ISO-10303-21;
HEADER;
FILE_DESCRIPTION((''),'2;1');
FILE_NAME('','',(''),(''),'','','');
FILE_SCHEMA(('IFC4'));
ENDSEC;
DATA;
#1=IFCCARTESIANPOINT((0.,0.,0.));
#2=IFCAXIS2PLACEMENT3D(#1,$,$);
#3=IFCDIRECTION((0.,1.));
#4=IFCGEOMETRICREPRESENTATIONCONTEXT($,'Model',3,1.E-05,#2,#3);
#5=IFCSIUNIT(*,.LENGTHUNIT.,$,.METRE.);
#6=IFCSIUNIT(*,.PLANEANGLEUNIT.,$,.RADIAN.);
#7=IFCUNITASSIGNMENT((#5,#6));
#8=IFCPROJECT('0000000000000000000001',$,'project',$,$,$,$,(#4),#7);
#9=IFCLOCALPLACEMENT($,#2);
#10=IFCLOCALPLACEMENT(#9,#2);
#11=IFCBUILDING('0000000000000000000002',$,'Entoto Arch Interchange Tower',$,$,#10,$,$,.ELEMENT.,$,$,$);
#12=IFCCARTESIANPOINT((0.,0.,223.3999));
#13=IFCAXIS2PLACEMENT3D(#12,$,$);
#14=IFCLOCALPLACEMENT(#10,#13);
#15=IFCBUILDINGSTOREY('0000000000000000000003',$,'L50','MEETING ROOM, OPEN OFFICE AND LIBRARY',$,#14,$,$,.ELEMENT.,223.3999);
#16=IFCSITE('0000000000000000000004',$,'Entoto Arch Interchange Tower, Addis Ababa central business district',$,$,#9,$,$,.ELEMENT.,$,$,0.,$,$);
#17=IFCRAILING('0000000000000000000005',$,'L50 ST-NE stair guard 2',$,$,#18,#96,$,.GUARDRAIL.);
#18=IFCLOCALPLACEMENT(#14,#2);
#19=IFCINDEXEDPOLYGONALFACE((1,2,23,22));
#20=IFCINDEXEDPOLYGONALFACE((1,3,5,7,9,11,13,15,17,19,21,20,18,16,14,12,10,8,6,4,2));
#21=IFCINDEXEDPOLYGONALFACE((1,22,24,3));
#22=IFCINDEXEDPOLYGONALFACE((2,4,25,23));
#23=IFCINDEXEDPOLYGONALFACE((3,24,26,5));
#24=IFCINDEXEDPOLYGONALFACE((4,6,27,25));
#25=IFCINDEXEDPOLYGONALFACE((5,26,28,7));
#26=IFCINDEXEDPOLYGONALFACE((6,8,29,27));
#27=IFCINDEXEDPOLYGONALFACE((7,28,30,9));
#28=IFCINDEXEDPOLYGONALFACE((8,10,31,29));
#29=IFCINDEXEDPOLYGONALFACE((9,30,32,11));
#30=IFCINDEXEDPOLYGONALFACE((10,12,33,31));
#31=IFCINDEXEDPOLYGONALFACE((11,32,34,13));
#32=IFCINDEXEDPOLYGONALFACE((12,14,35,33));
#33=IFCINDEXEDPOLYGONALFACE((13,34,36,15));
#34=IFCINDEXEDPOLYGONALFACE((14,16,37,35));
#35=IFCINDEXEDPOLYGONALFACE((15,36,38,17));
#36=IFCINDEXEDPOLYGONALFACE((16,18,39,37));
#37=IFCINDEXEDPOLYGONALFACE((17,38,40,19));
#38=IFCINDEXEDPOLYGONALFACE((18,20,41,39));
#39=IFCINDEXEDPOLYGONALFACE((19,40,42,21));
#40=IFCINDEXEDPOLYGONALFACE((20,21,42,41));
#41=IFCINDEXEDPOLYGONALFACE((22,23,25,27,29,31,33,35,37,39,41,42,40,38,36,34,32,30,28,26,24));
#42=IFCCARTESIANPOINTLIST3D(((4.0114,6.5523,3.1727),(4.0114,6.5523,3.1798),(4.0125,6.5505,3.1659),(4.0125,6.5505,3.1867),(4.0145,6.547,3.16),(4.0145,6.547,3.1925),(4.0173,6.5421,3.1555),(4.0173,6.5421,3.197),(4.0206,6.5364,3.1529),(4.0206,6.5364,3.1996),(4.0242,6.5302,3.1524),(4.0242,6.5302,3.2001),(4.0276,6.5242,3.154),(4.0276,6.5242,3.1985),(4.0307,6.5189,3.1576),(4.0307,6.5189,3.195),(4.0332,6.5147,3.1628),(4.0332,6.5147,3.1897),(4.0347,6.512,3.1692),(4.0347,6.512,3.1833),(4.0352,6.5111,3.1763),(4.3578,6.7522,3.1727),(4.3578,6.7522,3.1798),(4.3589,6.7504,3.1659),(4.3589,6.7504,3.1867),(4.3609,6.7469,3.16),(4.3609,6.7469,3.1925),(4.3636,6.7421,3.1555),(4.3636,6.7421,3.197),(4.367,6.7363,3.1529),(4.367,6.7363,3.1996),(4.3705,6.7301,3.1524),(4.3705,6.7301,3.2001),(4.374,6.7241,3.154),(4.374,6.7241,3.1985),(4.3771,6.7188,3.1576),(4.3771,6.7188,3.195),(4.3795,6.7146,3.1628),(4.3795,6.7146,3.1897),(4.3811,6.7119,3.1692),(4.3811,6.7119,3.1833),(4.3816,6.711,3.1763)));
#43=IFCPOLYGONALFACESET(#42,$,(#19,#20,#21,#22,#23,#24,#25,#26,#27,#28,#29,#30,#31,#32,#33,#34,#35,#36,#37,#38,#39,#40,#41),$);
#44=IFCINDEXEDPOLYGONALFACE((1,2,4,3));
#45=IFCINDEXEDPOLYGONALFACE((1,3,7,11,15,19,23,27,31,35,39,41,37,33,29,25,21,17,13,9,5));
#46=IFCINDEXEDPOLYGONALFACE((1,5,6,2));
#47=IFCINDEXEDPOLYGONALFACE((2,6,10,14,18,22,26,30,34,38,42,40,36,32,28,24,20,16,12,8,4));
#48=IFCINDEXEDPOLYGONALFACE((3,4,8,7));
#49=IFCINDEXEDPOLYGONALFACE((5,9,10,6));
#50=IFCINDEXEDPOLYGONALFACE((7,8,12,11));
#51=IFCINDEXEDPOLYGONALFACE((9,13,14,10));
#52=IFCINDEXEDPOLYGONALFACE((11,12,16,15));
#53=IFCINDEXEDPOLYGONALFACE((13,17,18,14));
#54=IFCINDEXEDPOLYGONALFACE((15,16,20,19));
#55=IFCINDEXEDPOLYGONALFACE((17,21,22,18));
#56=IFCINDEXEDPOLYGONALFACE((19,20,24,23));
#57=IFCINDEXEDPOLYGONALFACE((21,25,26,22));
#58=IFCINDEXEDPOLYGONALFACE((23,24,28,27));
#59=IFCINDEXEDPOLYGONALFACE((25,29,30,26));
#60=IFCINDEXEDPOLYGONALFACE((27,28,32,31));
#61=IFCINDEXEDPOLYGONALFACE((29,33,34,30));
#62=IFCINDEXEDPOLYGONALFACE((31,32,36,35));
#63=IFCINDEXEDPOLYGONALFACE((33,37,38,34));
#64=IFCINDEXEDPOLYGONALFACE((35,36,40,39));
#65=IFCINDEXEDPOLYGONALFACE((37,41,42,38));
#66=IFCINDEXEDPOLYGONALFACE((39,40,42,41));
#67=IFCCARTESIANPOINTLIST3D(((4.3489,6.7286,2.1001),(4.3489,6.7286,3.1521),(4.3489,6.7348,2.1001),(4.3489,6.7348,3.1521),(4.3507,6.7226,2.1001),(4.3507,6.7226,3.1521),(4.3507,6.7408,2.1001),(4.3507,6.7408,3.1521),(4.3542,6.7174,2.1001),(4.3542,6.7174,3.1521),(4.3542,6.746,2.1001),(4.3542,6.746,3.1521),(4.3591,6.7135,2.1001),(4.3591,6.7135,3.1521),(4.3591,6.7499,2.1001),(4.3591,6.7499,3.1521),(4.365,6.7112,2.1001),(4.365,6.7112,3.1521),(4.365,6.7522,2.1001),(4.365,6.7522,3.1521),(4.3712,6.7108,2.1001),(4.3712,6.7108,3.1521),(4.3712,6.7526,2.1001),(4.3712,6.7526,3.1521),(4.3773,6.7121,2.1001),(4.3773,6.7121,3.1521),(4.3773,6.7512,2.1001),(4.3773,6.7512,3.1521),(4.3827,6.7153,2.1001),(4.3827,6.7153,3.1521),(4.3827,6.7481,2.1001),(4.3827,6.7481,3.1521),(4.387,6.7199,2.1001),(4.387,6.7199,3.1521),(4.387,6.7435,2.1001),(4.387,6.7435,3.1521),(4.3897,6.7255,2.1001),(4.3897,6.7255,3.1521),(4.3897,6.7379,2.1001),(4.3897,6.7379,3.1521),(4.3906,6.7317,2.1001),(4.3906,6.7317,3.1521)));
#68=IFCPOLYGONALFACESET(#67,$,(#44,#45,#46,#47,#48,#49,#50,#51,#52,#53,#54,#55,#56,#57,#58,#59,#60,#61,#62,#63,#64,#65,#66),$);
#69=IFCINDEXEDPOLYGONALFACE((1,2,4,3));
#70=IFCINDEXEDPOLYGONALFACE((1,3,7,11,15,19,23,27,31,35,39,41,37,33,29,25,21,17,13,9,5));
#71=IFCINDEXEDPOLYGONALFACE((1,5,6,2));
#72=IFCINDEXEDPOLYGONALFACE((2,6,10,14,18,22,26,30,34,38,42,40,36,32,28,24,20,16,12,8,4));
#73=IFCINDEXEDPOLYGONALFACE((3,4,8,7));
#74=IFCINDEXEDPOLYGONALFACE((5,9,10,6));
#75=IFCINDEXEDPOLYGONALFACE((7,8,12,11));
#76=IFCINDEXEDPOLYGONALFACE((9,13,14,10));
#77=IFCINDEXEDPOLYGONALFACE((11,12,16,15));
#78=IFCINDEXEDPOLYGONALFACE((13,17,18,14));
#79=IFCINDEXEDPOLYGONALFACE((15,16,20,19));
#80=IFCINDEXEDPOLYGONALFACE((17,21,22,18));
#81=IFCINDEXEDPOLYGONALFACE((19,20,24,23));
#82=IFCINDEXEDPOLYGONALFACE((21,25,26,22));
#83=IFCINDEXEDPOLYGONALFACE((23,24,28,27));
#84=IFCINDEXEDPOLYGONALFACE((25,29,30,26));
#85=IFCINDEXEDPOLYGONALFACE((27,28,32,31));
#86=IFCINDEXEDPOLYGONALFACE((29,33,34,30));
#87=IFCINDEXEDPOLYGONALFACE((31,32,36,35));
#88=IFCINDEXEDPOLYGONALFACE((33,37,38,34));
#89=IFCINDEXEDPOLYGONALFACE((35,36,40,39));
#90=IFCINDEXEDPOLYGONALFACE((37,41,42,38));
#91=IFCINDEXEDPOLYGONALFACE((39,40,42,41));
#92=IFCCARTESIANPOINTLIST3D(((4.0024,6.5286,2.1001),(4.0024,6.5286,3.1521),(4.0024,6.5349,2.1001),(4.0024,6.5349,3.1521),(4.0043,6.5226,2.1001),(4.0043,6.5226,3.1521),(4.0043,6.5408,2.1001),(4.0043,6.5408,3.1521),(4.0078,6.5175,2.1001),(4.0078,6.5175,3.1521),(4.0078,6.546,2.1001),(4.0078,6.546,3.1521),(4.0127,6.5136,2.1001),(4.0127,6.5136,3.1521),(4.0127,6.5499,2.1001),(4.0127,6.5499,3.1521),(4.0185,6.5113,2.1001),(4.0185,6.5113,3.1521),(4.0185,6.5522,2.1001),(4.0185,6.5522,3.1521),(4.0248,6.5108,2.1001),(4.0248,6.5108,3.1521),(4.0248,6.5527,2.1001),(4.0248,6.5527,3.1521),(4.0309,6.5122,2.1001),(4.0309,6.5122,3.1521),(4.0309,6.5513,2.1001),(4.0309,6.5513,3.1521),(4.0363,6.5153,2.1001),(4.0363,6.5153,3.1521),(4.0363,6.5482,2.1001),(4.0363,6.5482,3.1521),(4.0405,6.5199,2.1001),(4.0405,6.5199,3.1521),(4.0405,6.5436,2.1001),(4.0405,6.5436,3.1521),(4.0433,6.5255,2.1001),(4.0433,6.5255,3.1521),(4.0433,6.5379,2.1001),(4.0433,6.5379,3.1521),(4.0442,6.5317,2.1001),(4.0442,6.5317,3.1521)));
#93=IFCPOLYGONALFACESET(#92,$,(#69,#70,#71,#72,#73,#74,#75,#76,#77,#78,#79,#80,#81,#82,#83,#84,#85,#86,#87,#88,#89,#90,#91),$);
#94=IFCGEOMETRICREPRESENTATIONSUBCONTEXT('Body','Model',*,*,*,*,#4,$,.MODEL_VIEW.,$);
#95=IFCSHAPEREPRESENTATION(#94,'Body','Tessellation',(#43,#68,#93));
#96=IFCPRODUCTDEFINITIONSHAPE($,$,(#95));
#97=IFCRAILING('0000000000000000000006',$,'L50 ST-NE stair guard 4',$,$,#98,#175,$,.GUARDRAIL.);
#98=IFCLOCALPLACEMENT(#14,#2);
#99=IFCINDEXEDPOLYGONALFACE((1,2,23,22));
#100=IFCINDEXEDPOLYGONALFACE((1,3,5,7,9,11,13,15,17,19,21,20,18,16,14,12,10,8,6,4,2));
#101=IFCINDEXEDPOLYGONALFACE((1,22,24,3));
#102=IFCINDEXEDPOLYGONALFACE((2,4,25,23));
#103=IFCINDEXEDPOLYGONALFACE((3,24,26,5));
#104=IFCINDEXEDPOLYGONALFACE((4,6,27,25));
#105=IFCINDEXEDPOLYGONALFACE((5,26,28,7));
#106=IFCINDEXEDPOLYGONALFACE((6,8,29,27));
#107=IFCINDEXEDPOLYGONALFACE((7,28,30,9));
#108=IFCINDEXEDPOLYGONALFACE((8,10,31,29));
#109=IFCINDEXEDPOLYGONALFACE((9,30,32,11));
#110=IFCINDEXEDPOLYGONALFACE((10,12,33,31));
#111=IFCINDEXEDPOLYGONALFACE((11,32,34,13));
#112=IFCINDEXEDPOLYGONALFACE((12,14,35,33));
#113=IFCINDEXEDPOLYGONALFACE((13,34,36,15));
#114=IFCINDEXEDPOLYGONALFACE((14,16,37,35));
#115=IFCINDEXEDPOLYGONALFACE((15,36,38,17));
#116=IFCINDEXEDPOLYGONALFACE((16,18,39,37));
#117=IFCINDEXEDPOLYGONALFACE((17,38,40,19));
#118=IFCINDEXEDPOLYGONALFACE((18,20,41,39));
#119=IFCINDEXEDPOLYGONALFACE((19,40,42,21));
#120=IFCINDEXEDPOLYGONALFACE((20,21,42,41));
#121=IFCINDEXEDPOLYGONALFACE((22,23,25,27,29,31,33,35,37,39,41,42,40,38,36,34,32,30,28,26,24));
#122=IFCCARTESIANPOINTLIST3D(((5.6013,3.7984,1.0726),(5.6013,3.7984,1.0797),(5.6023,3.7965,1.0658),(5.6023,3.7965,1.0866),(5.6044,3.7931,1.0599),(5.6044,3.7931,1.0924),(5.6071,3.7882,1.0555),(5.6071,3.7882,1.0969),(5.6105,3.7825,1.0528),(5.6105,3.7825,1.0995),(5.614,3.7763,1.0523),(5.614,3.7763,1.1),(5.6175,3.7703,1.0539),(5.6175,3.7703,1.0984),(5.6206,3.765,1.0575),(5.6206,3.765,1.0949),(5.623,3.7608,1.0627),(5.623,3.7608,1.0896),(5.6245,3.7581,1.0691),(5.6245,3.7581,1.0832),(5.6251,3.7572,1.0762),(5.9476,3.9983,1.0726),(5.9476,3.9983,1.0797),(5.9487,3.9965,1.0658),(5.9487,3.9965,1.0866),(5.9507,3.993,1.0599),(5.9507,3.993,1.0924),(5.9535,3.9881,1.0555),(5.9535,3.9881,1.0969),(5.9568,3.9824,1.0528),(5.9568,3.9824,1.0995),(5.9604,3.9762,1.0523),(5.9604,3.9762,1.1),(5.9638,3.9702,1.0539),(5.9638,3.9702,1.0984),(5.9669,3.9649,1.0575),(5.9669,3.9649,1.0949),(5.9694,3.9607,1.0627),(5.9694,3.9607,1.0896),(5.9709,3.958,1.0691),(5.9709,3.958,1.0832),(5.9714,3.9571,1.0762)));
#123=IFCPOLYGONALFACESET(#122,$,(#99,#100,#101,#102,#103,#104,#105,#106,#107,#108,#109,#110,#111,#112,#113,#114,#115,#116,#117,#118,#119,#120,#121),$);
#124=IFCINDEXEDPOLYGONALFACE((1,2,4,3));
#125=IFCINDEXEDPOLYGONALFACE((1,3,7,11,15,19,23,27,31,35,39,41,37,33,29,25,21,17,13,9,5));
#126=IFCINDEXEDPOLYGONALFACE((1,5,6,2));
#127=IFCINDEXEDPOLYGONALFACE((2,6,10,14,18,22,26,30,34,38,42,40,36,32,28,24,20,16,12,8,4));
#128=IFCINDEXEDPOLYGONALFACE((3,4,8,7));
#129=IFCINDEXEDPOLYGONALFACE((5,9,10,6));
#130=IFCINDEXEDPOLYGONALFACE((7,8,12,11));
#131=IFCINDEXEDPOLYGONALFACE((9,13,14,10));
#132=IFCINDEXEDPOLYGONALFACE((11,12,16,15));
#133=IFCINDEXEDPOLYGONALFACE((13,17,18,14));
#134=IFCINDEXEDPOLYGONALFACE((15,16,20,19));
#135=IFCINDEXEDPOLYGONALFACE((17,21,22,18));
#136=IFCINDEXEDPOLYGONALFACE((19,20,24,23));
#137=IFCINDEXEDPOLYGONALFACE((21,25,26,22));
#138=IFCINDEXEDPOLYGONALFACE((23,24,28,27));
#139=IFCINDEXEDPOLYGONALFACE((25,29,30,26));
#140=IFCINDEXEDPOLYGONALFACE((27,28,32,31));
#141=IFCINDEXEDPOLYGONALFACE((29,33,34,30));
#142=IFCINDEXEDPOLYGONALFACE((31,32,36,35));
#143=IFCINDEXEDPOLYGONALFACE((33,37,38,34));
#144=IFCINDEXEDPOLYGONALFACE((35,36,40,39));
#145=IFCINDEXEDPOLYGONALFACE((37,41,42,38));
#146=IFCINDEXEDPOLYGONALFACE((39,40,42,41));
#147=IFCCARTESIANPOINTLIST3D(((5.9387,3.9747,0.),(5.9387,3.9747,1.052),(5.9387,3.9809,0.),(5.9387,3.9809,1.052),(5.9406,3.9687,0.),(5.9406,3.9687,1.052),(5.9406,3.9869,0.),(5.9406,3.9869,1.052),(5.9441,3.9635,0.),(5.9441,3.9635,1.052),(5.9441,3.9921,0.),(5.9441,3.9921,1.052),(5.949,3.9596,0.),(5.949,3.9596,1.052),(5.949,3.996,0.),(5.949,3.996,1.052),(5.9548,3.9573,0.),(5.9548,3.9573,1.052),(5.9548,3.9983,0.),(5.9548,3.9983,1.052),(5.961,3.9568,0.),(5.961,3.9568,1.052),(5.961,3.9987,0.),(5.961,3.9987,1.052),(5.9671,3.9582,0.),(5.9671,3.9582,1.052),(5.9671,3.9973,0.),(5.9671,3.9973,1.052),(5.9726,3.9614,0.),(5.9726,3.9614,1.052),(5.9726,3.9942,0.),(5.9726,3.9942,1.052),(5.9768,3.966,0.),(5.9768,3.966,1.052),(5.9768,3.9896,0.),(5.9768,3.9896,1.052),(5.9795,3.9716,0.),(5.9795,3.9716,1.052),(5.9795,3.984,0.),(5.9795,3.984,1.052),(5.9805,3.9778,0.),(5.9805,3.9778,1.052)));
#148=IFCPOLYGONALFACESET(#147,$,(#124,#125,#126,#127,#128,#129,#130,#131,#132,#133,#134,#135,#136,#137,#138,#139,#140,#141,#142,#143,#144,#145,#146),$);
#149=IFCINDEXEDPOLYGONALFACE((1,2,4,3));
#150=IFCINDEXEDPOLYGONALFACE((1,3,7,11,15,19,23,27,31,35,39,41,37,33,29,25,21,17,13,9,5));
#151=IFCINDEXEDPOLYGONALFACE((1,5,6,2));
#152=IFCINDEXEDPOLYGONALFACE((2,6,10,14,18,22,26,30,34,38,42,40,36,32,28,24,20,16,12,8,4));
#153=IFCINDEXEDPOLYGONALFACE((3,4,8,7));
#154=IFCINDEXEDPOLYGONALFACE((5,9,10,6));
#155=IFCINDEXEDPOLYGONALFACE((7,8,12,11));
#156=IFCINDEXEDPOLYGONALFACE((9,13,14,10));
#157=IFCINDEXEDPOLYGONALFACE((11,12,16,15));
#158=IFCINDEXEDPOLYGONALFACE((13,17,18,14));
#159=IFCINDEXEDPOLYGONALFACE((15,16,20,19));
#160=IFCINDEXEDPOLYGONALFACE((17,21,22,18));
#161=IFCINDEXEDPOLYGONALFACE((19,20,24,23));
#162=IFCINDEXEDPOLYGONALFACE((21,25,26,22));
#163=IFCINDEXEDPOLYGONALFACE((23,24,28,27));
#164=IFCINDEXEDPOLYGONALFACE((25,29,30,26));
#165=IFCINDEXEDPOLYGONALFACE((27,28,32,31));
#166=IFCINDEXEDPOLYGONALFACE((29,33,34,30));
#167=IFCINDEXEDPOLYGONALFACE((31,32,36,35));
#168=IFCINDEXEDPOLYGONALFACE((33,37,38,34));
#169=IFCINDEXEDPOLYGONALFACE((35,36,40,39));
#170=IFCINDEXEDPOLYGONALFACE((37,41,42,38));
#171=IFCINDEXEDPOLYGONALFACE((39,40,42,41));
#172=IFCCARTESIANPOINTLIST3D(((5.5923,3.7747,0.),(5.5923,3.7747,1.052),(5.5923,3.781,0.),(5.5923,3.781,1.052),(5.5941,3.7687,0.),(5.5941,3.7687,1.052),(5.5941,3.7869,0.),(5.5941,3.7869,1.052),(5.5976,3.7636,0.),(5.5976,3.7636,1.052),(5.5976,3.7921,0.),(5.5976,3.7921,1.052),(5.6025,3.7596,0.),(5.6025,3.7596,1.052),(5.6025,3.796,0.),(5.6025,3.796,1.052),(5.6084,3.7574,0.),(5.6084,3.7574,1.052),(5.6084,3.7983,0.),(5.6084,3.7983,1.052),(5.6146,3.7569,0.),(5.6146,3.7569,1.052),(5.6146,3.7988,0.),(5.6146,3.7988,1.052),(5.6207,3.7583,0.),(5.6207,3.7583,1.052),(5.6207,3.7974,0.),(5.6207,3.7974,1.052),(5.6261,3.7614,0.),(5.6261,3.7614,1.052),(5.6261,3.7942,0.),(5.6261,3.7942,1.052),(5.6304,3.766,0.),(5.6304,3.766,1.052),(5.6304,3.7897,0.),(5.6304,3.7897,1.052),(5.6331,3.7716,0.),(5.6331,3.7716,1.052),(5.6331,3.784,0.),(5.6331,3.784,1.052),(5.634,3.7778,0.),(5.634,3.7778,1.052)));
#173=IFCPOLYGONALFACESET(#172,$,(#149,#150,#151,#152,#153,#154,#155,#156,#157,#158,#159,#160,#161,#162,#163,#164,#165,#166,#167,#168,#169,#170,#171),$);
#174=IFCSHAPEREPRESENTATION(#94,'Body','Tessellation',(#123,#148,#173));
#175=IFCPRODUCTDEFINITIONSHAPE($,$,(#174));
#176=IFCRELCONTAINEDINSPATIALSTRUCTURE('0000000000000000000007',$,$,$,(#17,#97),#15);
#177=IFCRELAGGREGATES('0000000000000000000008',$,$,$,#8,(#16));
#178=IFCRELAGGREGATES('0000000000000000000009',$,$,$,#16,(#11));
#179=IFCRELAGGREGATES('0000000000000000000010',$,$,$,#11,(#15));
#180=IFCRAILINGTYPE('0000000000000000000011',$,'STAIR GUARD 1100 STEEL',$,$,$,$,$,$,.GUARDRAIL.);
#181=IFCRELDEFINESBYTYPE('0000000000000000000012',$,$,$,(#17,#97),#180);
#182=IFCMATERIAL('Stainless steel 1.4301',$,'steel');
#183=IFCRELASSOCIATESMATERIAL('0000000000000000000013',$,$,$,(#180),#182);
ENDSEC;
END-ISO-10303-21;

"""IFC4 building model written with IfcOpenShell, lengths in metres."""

from ifc_helpers import new_model, si_unit, direction, frame, origin, origin_2d, place, context, subcontext, project, spatial, circle, extrude, material, type_object, element, save


model = new_model("IFC4")

# Units and contexts
model_context = context("Model", 3, precision=1e-05, world=origin(), true_north=direction((0.0, 1.0)))
body_context = subcontext(model_context, "Body", "Model", "MODEL_VIEW")
ifc_project = project(units=[si_unit("LENGTHUNIT", "METRE"), si_unit("PLANEANGLEUNIT", "RADIAN")], contexts=[model_context])

# Site, building, storey
site_placement = place(None, origin())
site = spatial("IfcSite", under=ifc_project, at=site_placement, Name="Entoto Arch Interchange Tower, Addis Ababa central business district", CompositionType="ELEMENT", RefElevation=0.0)
building_placement = place(site_placement, origin())
building = spatial("IfcBuilding", under=site, at=building_placement, Name="Entoto Arch Interchange Tower", CompositionType="ELEMENT")
storey_placement = place(building_placement, frame((0.0, 0.0, 223.3999)))
storey = spatial("IfcBuildingStorey", under=building, at=storey_placement, Name="L50", Description="MEETING ROOM, OPEN OFFICE AND LIBRARY", CompositionType="ELEMENT", Elevation=223.3999)

# Railings
ifc_material_1 = material(Name="Stainless steel 1.4301", Category="steel")
railing_type_1 = type_object("IfcRailingType", Name="STAIR GUARD 1100 STEEL", PredefinedType="GUARDRAIL", material=ifc_material_1)
for number, where, name in (
    (1, (4.3696, 6.7317, 2.1001), "L50 ST-NE stair guard 2"),
    (2, (5.9595, 3.9778, 0.0), "L50 ST-NE stair guard 4"),
):
    element("IfcRailing", number, at=place(storey_placement, frame(where)), inside=storey, type_object=railing_type_1, Name=name, PredefinedType="GUARDRAIL", context=body_context, shape_type="SweptSolid", body=[
        extrude(circle(Radius=0.0239, at=origin_2d()), frame((0.0, 0.0, 1.0762), z_axis=(-0.866094, -0.499881, 0.0), x_axis=(0.499881, -0.866094, 0.0)), (0.0, 0.0, 1.0), 0.3999),
        extrude(circle(Radius=0.021, at=origin_2d()), origin(), (0.0, 0.0, 1.0), 1.052),
        extrude(circle(Radius=0.021, at=origin_2d()), frame((-0.3464, -0.2, 0.0)), (0.0, 0.0, 1.0), 1.052),
    ])

save(model, "model.ifc")
